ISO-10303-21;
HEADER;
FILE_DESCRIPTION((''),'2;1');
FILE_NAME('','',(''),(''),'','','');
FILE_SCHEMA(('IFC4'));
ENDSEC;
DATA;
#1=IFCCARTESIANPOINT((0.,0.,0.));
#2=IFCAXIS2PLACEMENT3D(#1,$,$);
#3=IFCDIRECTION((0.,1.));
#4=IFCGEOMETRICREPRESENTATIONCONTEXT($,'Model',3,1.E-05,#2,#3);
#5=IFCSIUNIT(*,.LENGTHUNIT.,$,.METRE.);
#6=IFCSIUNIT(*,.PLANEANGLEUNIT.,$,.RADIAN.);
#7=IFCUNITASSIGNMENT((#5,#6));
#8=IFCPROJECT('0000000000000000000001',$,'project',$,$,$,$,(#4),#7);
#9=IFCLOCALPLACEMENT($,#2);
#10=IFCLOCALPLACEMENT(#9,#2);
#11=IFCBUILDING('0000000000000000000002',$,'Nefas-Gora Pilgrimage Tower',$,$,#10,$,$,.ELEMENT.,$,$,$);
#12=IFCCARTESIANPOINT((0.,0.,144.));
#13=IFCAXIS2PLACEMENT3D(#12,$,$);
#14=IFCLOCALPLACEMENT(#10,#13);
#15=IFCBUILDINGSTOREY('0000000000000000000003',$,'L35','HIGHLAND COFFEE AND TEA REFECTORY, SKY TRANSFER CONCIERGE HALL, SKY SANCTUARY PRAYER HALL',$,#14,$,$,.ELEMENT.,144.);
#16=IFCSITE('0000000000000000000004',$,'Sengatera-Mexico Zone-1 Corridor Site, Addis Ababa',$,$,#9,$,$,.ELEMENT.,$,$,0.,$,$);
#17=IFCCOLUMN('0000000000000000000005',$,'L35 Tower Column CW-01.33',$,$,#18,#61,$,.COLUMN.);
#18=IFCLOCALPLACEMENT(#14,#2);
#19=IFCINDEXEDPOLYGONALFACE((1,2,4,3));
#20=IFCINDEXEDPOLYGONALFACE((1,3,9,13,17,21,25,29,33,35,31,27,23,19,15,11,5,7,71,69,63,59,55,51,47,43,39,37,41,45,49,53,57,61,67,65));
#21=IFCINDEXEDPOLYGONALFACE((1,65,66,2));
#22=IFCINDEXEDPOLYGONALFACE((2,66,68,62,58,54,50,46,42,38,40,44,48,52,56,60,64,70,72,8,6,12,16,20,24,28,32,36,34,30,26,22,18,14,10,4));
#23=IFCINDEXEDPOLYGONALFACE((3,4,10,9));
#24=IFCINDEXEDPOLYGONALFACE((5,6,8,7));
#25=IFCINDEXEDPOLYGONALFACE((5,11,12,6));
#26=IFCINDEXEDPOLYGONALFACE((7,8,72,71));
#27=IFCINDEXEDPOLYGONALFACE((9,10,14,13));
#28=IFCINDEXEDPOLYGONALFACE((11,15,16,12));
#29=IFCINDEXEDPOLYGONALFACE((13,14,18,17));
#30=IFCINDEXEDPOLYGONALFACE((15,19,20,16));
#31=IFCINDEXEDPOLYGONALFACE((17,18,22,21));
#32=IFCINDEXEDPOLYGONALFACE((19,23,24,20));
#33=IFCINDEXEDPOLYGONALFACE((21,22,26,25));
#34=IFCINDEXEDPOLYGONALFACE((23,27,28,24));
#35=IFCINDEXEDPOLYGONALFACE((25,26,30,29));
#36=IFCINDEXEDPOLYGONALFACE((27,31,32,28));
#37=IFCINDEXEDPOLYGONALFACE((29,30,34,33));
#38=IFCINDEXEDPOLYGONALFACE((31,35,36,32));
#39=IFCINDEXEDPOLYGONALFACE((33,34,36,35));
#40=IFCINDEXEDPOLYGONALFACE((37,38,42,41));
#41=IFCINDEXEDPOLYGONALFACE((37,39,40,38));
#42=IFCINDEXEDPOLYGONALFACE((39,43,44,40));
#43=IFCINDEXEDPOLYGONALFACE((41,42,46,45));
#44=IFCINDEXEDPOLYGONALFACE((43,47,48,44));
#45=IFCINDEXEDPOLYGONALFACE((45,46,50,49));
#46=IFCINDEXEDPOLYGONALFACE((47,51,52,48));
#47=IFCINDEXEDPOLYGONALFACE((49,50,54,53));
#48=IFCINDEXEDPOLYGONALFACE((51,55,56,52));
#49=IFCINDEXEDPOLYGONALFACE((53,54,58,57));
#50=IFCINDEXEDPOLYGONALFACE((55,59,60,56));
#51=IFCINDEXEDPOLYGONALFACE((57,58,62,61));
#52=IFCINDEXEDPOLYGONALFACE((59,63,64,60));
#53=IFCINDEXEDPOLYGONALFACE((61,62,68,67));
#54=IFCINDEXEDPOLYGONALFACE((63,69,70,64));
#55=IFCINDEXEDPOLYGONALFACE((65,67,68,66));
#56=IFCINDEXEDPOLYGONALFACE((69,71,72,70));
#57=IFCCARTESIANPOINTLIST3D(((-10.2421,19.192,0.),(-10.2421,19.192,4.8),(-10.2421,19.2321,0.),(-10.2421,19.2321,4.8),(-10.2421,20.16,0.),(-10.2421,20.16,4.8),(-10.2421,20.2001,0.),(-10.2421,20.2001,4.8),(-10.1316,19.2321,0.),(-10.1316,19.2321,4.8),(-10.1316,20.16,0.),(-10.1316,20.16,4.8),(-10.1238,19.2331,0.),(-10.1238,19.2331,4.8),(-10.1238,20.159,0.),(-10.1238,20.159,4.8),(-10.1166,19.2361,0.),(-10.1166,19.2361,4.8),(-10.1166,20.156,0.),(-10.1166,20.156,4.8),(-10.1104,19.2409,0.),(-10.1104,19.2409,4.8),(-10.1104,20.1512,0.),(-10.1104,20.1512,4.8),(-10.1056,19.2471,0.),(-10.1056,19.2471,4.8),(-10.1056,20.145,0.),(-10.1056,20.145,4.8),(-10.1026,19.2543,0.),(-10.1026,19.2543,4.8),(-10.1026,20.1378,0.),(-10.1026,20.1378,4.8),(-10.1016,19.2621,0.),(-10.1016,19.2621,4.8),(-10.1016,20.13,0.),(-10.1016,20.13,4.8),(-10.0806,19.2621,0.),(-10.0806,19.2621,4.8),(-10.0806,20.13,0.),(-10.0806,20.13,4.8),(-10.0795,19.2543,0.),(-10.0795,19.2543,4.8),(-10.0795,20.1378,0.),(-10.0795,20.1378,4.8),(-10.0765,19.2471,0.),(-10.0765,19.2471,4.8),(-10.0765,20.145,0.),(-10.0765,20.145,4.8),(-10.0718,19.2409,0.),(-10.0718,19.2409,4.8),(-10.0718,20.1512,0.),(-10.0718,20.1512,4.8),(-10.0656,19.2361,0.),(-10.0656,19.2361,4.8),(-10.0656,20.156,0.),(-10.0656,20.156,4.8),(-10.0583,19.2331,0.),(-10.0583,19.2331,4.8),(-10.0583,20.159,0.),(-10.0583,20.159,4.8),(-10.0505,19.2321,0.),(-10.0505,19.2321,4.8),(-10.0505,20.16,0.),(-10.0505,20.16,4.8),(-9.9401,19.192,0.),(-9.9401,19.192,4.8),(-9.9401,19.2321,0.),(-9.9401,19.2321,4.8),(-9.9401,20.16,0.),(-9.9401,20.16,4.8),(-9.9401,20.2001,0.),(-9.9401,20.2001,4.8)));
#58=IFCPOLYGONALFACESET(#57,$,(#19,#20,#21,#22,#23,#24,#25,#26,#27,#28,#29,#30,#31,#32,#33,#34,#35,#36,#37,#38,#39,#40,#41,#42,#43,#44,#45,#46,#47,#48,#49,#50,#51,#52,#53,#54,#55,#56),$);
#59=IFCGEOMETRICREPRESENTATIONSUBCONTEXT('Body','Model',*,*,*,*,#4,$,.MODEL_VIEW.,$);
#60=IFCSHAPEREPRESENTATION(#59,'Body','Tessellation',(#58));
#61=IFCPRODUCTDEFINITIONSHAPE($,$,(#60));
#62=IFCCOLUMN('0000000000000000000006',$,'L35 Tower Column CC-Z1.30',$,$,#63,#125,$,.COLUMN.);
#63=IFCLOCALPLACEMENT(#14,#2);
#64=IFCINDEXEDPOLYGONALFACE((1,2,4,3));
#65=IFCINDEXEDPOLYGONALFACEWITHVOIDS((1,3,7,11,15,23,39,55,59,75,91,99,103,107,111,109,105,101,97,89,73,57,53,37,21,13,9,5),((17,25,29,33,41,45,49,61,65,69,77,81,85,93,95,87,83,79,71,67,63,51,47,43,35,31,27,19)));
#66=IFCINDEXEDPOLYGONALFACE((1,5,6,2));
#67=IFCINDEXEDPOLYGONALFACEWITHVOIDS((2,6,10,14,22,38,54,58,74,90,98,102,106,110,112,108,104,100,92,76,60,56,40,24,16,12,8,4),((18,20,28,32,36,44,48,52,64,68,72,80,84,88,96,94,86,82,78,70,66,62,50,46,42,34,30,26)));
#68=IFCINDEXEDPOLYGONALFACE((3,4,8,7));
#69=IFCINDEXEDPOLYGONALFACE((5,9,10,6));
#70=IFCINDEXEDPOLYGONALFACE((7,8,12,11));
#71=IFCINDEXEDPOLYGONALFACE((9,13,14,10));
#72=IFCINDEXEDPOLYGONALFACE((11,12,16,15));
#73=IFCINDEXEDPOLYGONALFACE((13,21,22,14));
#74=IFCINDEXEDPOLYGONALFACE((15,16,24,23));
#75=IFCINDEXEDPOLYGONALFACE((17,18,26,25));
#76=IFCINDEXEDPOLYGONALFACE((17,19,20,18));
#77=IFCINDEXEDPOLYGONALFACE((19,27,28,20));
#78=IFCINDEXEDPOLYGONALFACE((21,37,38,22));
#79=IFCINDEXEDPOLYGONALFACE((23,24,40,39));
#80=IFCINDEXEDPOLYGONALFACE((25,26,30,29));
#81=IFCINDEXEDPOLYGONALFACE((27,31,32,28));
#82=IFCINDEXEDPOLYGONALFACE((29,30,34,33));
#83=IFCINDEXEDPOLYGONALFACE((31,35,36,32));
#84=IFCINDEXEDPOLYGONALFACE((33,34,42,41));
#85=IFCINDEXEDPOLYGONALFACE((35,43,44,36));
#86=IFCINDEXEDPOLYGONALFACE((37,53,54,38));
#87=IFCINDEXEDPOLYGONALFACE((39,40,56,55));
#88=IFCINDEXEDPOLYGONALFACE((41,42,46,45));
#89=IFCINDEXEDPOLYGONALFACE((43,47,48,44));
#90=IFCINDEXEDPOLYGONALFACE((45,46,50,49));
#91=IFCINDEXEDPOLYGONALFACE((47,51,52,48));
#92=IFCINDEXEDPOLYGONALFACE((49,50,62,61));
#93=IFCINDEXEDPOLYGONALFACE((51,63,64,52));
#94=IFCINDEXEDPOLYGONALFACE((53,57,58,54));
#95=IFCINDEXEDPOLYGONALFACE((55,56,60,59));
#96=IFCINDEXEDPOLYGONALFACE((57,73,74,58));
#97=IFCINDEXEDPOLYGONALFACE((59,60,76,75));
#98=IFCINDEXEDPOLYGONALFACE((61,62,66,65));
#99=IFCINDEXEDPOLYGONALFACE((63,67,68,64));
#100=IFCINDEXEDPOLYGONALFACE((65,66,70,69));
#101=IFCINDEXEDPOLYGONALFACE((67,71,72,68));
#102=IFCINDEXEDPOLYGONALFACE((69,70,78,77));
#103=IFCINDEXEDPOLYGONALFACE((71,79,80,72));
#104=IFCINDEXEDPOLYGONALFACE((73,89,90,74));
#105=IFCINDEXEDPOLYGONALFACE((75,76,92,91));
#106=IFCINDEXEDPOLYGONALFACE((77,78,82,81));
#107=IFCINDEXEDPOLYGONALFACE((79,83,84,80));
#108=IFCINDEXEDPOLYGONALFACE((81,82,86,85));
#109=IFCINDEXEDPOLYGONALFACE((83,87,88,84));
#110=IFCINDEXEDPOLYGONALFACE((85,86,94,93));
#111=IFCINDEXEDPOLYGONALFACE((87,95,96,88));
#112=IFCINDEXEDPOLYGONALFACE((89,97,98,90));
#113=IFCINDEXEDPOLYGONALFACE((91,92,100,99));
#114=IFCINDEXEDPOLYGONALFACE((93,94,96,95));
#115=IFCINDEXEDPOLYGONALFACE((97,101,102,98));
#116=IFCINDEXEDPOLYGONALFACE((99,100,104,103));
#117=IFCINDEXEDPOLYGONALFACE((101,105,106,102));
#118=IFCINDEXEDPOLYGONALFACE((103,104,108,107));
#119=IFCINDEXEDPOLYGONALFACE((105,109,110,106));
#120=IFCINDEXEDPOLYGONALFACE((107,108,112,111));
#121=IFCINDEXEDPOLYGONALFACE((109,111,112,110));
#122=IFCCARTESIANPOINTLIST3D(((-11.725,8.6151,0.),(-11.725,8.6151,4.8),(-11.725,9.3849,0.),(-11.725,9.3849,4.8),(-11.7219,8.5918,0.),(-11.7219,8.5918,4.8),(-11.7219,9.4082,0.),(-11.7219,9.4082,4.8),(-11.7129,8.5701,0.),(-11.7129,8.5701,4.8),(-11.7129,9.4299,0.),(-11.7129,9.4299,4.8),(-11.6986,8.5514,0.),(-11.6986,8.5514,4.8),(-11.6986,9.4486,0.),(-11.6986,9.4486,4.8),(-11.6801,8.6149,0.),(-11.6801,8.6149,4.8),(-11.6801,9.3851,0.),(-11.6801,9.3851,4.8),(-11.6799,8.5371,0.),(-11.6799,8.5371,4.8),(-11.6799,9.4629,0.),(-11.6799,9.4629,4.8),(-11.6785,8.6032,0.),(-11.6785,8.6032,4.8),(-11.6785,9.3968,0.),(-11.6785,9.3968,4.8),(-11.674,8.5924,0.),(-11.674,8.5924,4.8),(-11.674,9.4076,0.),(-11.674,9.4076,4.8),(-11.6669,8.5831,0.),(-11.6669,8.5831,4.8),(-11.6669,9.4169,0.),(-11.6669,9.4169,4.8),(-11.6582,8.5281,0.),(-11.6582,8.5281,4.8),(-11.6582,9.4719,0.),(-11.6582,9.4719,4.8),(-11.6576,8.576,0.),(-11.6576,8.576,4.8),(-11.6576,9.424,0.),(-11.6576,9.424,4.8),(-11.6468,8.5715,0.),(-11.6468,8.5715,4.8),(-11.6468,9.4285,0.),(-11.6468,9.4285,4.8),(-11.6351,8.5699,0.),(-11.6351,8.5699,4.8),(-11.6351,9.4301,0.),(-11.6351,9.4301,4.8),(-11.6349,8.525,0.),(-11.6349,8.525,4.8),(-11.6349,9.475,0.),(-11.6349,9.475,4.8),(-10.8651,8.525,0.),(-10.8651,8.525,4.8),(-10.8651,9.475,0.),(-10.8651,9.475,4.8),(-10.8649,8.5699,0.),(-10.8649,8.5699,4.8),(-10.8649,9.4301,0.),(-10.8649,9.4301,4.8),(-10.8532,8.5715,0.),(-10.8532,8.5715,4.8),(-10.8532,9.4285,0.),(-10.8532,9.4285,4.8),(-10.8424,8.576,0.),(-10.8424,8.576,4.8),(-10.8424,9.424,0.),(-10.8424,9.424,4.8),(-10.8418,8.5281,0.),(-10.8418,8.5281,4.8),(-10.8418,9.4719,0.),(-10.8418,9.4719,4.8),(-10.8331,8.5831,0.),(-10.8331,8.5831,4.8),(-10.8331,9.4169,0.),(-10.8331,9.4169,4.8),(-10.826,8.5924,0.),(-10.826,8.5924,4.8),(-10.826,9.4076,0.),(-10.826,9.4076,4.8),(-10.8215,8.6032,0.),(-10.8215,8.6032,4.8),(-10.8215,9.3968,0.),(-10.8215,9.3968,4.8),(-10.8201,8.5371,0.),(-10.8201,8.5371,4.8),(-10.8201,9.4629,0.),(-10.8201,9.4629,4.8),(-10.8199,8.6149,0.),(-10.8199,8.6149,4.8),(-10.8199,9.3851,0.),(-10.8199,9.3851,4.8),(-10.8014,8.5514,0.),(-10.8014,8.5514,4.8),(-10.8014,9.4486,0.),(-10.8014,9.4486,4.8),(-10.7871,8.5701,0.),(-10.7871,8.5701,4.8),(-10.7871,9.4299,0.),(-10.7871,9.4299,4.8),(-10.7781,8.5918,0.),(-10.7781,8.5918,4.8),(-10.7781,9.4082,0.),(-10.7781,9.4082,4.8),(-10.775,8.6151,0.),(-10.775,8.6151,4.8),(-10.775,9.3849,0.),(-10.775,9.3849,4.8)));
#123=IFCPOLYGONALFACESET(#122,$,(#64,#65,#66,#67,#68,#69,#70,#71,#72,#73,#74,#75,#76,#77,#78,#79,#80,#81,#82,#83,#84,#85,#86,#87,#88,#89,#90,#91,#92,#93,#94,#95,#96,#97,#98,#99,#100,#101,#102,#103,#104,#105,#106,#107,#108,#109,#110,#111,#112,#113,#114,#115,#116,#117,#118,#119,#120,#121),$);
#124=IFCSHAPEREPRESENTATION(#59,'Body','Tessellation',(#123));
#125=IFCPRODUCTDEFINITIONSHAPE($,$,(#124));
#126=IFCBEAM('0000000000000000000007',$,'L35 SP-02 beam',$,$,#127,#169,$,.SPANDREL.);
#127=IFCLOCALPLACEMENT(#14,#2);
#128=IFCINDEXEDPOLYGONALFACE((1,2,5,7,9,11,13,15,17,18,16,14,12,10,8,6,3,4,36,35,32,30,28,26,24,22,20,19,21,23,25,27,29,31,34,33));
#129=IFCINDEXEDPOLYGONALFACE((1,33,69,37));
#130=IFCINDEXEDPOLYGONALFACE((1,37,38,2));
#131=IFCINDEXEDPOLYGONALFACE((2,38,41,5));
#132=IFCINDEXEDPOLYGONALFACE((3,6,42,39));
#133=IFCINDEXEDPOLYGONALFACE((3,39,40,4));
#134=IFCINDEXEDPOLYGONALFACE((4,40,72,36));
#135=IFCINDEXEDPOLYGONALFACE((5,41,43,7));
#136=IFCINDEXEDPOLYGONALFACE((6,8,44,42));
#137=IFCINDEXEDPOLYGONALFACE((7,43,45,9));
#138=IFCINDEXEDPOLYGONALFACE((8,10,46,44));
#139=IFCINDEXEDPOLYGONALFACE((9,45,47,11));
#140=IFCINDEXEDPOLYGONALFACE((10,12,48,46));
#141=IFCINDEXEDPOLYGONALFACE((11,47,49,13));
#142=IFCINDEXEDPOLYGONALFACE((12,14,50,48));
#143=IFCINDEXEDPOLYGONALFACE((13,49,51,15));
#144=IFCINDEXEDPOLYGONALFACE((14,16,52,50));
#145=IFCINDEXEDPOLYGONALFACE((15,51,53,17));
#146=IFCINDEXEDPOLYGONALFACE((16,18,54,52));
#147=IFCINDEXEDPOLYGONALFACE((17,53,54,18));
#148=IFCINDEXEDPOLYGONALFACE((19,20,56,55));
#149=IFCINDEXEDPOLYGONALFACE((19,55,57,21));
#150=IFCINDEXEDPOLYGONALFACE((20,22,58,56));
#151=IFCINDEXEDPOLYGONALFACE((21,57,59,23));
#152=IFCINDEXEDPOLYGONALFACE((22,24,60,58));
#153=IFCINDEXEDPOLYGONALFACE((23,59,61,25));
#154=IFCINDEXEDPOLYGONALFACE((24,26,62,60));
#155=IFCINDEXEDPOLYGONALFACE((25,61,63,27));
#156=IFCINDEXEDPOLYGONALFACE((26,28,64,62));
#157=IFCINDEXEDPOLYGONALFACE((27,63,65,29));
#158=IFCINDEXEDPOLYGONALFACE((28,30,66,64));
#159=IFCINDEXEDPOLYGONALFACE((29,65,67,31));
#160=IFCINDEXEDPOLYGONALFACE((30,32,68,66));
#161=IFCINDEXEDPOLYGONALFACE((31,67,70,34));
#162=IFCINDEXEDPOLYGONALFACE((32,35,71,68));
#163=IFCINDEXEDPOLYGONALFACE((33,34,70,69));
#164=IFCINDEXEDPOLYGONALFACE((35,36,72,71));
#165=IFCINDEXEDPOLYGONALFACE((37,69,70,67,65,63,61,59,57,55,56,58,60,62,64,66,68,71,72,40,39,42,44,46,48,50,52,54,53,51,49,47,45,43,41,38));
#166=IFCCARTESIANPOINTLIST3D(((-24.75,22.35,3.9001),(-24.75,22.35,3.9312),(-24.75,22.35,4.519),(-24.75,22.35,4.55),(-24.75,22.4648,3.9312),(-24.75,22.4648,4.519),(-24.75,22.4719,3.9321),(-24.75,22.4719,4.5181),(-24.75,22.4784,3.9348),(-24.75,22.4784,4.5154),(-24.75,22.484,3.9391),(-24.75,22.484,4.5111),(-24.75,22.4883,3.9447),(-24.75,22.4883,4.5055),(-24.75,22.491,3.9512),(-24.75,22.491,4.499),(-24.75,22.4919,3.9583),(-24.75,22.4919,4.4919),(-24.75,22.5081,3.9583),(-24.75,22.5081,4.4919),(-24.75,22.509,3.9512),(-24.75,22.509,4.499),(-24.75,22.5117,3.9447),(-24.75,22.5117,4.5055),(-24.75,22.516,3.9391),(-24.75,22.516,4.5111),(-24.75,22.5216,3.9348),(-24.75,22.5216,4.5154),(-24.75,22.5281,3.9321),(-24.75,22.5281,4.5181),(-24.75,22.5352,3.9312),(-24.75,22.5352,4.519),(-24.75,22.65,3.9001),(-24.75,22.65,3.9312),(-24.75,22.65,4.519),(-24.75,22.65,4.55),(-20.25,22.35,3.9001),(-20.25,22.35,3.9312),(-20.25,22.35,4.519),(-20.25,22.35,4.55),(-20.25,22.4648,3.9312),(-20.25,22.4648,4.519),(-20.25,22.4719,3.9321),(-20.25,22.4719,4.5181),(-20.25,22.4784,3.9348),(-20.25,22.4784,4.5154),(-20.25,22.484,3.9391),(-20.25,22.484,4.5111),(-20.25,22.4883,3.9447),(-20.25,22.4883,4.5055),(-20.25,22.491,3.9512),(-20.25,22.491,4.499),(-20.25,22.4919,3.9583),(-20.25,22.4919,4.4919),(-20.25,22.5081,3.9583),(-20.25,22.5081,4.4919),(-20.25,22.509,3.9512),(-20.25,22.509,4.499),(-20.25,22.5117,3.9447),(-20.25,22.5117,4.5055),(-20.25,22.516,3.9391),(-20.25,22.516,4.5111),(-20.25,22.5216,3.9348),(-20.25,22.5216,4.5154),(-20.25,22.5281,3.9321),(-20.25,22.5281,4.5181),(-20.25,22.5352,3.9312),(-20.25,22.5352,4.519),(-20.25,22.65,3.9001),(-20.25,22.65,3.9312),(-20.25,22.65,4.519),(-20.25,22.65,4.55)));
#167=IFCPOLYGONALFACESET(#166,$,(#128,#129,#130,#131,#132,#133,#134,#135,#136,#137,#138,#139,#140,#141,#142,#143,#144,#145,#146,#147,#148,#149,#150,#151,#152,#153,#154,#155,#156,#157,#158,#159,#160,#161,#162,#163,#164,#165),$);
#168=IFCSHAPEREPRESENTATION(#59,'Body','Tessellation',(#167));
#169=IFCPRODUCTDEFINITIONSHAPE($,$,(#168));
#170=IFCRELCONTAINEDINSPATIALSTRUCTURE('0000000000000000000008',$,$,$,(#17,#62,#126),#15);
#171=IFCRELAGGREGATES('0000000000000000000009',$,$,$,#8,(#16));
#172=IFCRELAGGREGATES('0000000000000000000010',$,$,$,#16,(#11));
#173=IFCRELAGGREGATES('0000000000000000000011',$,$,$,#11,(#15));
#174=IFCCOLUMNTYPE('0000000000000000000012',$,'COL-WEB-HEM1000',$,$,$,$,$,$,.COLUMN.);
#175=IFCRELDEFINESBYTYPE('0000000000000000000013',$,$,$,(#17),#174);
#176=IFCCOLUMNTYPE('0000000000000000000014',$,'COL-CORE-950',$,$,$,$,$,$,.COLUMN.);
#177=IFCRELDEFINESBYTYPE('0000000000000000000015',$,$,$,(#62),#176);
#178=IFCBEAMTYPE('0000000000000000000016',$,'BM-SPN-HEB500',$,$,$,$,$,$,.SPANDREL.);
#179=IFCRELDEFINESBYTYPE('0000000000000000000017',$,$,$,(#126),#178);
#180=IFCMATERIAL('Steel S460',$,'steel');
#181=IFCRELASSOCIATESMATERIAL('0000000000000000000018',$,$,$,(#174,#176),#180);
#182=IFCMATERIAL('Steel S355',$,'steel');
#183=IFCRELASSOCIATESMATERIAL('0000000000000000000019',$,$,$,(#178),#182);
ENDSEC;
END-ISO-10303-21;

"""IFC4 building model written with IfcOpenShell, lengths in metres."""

from ifc_helpers import new_model, si_unit, direction, frame, origin, origin_2d, place, context, subcontext, project, spatial, hollow_rectangle, i_section, extrude, source, transform, mapped, material, material_profile, profile_set, type_object, element, save


model = new_model("IFC4")

# Units and contexts
model_context = context("Model", 3, precision=1e-05, world=origin(), true_north=direction((0.0, 1.0)))
body_context = subcontext(model_context, "Body", "Model", "MODEL_VIEW")
ifc_project = project(units=[si_unit("LENGTHUNIT", "METRE"), si_unit("PLANEANGLEUNIT", "RADIAN")], contexts=[model_context])

# Site, building, storey
site_placement = place(None, origin())
site = spatial("IfcSite", under=ifc_project, at=site_placement, Name="Sengatera-Mexico Zone-1 Corridor Site, Addis Ababa", CompositionType="ELEMENT", RefElevation=0.0)
building_placement = place(site_placement, origin())
building = spatial("IfcBuilding", under=site, at=building_placement, Name="Nefas-Gora Pilgrimage Tower", CompositionType="ELEMENT")
storey_placement = place(building_placement, frame((0.0, 0.0, 144.0)))
storey = spatial("IfcBuildingStorey", under=building, at=storey_placement, Name="L35", Description="HIGHLAND COFFEE AND TEA REFECTORY, SKY TRANSFER CONCIERGE HALL, SKY SANCTUARY PRAYER HALL", CompositionType="ELEMENT", Elevation=144.0)

# Columns
ifc_material_1 = material(Name="Steel S460", Category="steel")
ifc_material_profile_1 = material_profile(ifc_material_1, i_section(OverallWidth=0.302, OverallDepth=1.0081, WebThickness=0.021, FlangeThickness=0.04, FilletRadius=0.03, at=origin_2d()), Name="HEM 1000")
ifc_profile_set_1 = profile_set([ifc_material_profile_1], Name="Steel S460")
column_type_1 = type_object("IfcColumnType", Name="COL-WEB-HEM1000", PredefinedType="COLUMN", material=ifc_profile_set_1)
shared_shape_1 = source(origin(), body_context, "Body", "SweptSolid", [
    extrude(i_section(OverallWidth=0.302, OverallDepth=1.0081, WebThickness=0.021, FlangeThickness=0.04, FilletRadius=0.03, at=origin_2d()), origin(), (0.0, 0.0, 1.0), 4.8),
])
for number, where, z_axis, x_axis, name in (
    (1, (-10.0911, 19.696, 0.0), (0.0, 0.0, 1.0), (1.0, 0.0, 0.0), "L35 Tower Column CW-01.33"),
):
    element("IfcColumn", number, at=place(storey_placement, frame(where, z_axis=z_axis, x_axis=x_axis)), inside=storey, type_object=column_type_1, Name=name, PredefinedType="COLUMN", context=body_context, shape_type="MappedRepresentation", body=[
        mapped(shared_shape_1, transform((0.0, 0.0, 0.0), x_axis=(1.0, 0.0, 0.0), y_axis=(0.0, 1.0, 0.0), z_axis=(0.0, 0.0, 1.0), scale=1.0)),
    ])
ifc_material_profile_2 = material_profile(ifc_material_1, hollow_rectangle(XDim=0.95, YDim=0.95, WallThickness=0.0449, InnerFilletRadius=0.0449, OuterFilletRadius=0.0901, at=origin_2d()), Name="BOX 950x950x45")
ifc_profile_set_2 = profile_set([ifc_material_profile_2], Name="Steel S460")
column_type_2 = type_object("IfcColumnType", Name="COL-CORE-950", PredefinedType="COLUMN", material=ifc_profile_set_2)
shared_shape_2 = source(origin(), body_context, "Body", "SweptSolid", [
    extrude(hollow_rectangle(XDim=0.95, YDim=0.95, WallThickness=0.0449, InnerFilletRadius=0.0449, OuterFilletRadius=0.0901, at=origin_2d()), origin(), (0.0, 0.0, 1.0), 4.8),
])
column_placement = place(storey_placement, frame((-11.25, 9.0, 0.0), z_axis=(0.0, 0.0, 1.0), x_axis=(1.0, 0.0, 0.0)))
element("IfcColumn", 2, at=column_placement, inside=storey, type_object=column_type_2, Name="L35 Tower Column CC-Z1.30", PredefinedType="COLUMN", context=body_context, shape_type="MappedRepresentation", body=[
    mapped(shared_shape_2, transform((0.0, 0.0, 0.0), x_axis=(1.0, 0.0, 0.0), y_axis=(0.0, 1.0, 0.0), z_axis=(0.0, 0.0, 1.0), scale=1.0)),
])

# Beam
ifc_material_2 = material(Name="Steel S355", Category="steel")
ifc_material_profile_3 = material_profile(ifc_material_2, i_section(OverallWidth=0.3, OverallDepth=0.6499, WebThickness=0.0161, FlangeThickness=0.031, FilletRadius=0.0271, at=origin_2d()), Name="HEB 650")
ifc_profile_set_3 = profile_set([ifc_material_profile_3], Name="Steel S355")
beam_type_1 = type_object("IfcBeamType", Name="BM-SPN-HEB500", PredefinedType="SPANDREL", material=ifc_profile_set_3)
shared_shape_3 = source(origin(), body_context, "Body", "SweptSolid", [
    extrude(i_section(OverallWidth=0.3, OverallDepth=0.6499, WebThickness=0.0161, FlangeThickness=0.031, FilletRadius=0.0271, at=origin_2d()), origin(), (0.0, 0.0, 1.0), 4.5),
])
beam_1_placement = place(storey_placement, frame((-24.75, 22.5, 4.2251), z_axis=(1.0, 0.0, 0.0), x_axis=(0.0, 1.0, 0.0)))
element("IfcBeam", 3, at=beam_1_placement, inside=storey, type_object=beam_type_1, Name="L35 SP-02 beam", PredefinedType="SPANDREL", context=body_context, shape_type="MappedRepresentation", body=[
    mapped(shared_shape_3, transform((0.0, 0.0, 0.0), x_axis=(1.0, 0.0, 0.0), y_axis=(0.0, 1.0, 0.0), z_axis=(0.0, 0.0, 1.0), scale=1.0)),
])

save(model, "model.ifc")
